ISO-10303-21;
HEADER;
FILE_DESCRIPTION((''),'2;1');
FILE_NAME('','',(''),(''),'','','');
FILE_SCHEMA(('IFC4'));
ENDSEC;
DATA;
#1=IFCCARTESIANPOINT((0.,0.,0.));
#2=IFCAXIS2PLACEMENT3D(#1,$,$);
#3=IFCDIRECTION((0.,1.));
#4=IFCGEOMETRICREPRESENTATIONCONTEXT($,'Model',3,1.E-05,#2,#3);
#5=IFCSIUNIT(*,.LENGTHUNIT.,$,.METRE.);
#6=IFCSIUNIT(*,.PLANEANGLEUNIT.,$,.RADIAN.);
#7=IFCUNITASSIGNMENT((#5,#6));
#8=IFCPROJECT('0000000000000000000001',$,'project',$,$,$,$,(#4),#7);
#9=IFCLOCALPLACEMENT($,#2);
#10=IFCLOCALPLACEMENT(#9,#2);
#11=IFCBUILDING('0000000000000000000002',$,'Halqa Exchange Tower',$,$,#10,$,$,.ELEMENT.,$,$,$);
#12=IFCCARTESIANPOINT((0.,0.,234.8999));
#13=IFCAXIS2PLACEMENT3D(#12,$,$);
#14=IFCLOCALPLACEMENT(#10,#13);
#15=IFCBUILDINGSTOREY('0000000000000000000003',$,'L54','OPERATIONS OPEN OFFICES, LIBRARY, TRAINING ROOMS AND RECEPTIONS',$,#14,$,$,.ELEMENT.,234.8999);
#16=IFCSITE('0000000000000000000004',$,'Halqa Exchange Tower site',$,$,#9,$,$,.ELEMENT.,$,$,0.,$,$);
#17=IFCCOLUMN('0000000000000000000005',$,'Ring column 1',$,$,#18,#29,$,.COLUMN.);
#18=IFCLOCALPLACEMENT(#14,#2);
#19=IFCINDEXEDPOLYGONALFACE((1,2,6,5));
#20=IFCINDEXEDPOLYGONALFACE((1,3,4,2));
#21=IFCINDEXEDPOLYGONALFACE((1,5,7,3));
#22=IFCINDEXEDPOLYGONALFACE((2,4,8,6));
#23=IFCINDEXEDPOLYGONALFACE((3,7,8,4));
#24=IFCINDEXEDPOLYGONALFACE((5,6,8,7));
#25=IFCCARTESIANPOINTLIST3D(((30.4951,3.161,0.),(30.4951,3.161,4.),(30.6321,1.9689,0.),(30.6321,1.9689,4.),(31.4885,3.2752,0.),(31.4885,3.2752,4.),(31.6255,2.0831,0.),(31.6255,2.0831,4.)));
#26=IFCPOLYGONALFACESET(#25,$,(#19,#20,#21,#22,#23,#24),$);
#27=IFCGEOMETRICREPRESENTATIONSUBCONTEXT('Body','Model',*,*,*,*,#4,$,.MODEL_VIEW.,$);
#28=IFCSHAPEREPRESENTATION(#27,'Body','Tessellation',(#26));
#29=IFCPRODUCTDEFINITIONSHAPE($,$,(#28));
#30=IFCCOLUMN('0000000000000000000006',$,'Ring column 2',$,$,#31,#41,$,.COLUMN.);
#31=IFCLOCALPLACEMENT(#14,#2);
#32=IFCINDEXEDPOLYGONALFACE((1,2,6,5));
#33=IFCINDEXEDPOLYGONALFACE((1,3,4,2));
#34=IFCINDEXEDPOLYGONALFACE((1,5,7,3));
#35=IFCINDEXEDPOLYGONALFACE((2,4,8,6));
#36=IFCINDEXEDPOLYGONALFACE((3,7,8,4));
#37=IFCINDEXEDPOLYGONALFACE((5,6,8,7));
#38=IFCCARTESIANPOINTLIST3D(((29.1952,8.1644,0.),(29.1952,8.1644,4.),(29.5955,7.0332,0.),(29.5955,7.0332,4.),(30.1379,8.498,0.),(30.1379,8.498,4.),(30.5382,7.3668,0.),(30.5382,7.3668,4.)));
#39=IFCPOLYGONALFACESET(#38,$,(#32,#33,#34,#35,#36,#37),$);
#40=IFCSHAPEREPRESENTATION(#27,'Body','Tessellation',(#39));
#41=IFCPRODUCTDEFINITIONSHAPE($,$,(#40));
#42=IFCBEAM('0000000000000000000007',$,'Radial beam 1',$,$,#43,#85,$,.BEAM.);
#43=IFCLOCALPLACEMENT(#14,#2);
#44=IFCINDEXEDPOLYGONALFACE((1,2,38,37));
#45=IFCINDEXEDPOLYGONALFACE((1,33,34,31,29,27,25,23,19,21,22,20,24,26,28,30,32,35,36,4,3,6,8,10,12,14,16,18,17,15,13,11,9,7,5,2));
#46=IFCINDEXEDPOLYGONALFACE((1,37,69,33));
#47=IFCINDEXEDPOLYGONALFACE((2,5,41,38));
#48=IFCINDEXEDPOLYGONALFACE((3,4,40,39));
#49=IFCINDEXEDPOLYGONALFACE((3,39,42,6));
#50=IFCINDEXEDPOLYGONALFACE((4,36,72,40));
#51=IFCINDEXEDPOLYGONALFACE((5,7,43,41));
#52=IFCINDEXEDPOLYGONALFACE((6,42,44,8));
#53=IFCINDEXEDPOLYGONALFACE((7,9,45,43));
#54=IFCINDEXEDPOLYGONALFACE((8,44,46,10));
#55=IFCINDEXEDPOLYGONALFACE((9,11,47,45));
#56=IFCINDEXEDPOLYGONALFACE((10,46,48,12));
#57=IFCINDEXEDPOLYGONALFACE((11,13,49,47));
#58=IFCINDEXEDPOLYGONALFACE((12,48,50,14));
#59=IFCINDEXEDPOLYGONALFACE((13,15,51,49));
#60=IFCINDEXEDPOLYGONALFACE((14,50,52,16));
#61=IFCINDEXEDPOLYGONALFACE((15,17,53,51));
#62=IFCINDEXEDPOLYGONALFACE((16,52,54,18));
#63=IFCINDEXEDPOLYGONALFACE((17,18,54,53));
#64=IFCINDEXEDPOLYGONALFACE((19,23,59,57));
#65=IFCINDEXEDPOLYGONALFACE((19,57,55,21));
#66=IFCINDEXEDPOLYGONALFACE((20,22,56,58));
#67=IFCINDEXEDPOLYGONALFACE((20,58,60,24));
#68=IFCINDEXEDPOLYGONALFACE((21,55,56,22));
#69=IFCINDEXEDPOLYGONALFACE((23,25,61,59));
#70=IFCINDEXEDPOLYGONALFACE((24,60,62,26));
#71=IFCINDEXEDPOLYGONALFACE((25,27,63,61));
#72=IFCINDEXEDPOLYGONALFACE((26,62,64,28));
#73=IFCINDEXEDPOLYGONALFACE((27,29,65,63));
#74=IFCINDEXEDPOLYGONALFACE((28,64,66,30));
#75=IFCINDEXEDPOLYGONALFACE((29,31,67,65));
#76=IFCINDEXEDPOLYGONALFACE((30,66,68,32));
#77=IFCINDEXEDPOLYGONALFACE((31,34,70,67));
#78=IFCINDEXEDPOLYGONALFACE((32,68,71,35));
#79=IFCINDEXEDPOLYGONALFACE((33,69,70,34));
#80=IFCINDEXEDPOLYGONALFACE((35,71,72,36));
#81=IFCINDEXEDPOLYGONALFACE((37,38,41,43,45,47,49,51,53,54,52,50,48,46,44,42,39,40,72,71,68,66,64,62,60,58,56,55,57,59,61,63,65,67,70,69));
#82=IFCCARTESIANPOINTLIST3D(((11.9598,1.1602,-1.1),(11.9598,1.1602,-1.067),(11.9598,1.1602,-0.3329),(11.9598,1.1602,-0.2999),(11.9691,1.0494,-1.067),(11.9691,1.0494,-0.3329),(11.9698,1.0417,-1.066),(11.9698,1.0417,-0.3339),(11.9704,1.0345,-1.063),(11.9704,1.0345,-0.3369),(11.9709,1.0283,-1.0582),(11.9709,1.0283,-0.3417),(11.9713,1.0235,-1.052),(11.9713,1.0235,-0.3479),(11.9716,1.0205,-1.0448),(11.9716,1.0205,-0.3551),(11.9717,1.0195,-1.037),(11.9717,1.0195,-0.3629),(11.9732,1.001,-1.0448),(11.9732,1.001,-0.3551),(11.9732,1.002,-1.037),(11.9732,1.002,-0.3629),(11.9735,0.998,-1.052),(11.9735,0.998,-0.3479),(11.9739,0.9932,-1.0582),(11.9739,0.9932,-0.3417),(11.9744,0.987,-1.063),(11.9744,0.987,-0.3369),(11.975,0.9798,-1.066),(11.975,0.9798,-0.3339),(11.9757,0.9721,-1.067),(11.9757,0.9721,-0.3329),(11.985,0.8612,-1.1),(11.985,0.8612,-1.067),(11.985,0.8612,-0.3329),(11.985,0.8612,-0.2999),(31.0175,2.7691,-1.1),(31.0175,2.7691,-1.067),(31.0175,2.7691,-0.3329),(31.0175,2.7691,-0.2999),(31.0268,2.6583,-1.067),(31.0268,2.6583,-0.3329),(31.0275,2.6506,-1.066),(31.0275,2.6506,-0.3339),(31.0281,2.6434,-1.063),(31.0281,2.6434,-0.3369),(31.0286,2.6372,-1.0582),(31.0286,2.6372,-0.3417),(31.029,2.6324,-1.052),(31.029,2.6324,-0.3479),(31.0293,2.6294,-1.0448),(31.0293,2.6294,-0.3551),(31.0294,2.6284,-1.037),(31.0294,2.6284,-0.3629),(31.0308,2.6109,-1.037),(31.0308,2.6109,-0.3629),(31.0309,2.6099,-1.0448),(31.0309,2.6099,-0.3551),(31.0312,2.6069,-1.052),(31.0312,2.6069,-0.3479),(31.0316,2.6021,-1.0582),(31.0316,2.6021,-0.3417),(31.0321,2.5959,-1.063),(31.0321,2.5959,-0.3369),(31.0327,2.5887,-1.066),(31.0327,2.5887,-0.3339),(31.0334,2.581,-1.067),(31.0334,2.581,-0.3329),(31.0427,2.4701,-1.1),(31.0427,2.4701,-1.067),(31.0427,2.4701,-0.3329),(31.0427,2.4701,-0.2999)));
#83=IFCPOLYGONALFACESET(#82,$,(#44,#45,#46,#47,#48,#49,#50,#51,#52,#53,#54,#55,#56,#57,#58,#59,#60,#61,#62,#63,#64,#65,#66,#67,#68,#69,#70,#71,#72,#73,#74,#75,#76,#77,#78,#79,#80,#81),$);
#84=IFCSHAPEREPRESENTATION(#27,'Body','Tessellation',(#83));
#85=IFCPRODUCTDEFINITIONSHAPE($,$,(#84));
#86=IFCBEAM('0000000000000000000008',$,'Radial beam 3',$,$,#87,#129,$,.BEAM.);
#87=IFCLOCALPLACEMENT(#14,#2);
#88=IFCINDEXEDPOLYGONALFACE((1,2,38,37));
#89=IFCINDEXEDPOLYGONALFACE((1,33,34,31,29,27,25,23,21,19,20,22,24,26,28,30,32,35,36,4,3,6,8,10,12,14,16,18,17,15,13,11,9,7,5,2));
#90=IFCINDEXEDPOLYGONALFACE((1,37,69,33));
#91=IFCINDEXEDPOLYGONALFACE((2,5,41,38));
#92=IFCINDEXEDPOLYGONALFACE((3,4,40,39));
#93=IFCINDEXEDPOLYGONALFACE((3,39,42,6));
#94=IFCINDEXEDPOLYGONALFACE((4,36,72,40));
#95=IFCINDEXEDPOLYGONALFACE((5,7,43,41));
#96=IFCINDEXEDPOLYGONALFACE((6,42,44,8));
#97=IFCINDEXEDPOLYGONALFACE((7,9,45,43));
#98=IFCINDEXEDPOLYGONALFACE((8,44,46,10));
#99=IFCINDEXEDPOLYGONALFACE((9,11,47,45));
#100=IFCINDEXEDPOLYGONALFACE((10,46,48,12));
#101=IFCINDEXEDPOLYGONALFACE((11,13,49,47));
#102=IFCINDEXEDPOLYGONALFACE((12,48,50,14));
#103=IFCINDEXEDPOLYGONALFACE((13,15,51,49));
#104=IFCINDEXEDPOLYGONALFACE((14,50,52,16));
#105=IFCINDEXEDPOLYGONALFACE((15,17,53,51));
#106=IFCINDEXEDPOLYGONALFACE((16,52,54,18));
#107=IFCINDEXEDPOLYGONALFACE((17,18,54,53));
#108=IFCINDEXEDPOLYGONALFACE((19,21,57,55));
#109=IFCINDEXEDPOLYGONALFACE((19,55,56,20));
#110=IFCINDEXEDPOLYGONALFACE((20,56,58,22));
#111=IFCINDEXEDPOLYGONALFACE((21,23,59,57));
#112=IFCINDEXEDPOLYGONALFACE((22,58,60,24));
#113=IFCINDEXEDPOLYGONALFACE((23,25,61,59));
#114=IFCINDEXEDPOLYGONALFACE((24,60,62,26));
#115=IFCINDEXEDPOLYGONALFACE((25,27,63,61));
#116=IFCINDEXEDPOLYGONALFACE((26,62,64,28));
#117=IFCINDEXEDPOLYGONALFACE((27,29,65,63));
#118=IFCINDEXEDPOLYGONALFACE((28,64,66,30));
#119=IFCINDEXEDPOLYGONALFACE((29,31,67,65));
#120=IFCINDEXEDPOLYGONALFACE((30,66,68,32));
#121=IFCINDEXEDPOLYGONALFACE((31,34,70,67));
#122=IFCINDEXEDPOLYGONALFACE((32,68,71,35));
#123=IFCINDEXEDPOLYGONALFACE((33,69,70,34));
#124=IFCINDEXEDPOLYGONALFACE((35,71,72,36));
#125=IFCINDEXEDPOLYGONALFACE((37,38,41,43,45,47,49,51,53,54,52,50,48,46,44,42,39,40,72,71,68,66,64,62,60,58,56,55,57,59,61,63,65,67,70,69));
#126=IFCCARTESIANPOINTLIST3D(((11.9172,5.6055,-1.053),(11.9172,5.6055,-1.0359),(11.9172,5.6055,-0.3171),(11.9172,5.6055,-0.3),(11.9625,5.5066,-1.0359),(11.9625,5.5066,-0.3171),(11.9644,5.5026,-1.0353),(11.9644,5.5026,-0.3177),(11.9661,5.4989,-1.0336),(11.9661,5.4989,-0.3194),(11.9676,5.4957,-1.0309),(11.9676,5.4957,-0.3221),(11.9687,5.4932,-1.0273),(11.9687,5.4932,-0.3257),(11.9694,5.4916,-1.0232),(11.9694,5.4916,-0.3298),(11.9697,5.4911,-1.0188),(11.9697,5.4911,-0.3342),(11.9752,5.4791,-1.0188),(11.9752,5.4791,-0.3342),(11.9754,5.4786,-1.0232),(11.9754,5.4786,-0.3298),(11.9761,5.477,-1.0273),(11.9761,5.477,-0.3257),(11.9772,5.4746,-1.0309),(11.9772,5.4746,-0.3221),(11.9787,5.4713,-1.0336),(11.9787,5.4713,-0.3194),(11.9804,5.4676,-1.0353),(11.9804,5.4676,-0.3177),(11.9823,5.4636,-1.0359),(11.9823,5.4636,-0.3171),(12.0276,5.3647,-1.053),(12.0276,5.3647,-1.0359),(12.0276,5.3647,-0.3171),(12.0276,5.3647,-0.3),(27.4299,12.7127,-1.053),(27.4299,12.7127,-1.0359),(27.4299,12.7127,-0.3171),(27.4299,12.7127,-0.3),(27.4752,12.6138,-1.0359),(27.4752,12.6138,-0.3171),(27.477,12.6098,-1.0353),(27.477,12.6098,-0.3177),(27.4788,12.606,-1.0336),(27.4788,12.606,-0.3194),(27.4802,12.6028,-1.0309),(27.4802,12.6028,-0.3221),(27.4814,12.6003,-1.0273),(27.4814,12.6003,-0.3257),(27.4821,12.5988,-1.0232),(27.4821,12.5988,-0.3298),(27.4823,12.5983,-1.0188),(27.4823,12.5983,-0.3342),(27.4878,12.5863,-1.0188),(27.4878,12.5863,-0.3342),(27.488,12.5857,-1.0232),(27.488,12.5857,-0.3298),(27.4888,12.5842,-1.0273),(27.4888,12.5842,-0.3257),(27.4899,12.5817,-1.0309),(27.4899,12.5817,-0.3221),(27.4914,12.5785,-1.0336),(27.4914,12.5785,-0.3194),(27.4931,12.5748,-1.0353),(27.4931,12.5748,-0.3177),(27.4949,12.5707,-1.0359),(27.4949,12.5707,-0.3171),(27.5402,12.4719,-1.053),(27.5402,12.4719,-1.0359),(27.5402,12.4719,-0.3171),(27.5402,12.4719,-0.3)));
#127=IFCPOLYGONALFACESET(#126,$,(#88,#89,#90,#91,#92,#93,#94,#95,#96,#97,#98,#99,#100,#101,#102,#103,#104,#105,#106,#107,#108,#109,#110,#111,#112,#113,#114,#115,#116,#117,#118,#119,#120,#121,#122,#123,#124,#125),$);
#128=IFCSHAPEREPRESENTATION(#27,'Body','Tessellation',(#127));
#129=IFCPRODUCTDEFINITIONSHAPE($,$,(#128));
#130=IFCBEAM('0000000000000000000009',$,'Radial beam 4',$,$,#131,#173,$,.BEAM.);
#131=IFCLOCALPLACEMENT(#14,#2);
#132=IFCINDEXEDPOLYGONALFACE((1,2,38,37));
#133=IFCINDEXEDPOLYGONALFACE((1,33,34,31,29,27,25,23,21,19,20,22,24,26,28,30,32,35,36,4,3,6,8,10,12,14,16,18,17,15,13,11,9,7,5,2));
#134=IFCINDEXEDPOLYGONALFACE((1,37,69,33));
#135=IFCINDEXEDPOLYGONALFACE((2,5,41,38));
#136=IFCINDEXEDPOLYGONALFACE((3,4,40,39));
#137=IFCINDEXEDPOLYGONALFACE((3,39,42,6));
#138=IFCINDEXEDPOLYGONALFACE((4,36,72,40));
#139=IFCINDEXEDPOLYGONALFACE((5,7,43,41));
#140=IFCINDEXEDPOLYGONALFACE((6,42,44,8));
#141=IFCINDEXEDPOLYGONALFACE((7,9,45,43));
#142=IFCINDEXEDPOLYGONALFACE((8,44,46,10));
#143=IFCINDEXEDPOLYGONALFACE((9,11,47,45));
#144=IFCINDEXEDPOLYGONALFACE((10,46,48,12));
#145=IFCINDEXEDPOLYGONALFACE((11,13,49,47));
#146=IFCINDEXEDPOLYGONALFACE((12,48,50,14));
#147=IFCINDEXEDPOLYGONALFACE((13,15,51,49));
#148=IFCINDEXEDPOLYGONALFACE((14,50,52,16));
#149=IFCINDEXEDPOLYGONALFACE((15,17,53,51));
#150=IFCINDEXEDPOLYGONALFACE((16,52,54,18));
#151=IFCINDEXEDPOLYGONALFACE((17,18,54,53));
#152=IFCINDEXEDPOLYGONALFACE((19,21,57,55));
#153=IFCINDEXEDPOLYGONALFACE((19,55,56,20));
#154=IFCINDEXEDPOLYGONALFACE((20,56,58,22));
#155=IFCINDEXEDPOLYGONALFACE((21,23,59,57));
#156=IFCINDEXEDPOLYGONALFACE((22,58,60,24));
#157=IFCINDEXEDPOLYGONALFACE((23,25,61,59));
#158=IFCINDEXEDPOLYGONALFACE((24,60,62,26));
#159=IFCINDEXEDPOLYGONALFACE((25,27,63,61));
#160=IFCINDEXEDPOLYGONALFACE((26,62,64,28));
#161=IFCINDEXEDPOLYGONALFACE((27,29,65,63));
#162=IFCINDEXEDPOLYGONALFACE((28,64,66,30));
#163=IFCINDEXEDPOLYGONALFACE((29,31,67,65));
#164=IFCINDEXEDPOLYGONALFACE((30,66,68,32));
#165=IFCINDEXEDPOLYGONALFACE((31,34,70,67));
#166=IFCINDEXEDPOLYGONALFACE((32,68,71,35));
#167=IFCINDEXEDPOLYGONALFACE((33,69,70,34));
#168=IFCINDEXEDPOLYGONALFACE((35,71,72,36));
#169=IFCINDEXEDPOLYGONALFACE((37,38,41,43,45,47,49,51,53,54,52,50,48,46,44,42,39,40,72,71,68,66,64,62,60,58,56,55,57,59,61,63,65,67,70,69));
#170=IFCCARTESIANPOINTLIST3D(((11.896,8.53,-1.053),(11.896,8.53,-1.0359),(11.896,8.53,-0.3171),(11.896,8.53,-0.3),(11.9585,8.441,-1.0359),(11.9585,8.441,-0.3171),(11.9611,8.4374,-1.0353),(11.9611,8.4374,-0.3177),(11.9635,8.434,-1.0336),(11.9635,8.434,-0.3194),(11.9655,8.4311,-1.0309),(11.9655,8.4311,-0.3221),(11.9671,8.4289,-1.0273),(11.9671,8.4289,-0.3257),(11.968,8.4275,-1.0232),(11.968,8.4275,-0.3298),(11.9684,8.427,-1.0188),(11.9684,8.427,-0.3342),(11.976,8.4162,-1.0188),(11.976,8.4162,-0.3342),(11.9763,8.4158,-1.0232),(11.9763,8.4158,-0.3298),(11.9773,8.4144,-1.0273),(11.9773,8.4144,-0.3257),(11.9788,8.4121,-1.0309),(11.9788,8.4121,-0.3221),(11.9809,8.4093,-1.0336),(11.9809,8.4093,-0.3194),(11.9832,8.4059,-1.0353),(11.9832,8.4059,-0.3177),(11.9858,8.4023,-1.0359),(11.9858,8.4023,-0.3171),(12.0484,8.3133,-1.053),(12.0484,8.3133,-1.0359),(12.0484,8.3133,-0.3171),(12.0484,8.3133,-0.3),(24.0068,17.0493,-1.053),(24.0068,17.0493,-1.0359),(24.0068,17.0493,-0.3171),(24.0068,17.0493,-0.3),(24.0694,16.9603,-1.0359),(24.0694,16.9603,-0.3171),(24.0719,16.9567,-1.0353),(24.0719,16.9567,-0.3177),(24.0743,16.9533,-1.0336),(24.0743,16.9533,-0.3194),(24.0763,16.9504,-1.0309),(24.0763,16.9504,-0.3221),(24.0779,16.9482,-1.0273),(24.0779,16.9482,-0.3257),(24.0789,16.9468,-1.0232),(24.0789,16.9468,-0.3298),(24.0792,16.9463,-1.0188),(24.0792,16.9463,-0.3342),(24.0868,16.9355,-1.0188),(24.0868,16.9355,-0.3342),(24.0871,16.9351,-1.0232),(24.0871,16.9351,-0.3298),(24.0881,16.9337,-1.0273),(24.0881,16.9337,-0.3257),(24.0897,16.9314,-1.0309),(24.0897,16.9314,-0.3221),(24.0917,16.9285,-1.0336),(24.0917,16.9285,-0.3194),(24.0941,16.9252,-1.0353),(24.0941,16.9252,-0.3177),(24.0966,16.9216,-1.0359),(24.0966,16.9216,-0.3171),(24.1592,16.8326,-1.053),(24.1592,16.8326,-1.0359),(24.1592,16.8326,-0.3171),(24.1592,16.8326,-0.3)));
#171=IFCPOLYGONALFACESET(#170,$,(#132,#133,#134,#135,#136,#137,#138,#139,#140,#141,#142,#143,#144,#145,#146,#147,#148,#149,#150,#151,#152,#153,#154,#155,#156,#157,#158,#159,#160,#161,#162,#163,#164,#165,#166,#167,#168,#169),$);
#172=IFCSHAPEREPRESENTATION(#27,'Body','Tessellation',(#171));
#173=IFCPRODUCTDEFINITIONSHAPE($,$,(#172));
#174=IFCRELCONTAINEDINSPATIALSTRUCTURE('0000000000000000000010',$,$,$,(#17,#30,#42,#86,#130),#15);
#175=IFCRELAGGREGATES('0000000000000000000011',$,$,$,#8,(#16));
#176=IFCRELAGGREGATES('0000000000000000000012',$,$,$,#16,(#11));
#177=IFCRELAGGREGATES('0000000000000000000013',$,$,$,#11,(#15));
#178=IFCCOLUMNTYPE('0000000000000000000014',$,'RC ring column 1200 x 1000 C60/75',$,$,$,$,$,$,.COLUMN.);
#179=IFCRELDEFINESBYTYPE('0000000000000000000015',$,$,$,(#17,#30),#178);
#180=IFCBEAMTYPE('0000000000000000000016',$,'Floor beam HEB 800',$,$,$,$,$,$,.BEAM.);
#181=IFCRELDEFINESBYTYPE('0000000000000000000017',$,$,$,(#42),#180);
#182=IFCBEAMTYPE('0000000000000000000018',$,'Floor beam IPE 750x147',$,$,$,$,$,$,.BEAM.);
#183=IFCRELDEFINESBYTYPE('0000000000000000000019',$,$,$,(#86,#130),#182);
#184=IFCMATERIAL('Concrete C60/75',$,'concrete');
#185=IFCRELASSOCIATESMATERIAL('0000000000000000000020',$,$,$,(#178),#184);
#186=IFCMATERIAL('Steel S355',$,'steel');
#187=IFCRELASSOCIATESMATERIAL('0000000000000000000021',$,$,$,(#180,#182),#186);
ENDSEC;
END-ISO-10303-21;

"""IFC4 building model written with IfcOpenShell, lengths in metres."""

from ifc_helpers import new_model, si_unit, direction, frame, origin, origin_2d, place, context, subcontext, project, spatial, rectangle, i_section, extrude, material, material_profile, profile_set, type_object, element, save


model = new_model("IFC4")

# Units and contexts
model_context = context("Model", 3, precision=1e-05, world=origin(), true_north=direction((0.0, 1.0)))
body_context = subcontext(model_context, "Body", "Model", "MODEL_VIEW")
ifc_project = project(units=[si_unit("LENGTHUNIT", "METRE"), si_unit("PLANEANGLEUNIT", "RADIAN")], contexts=[model_context])

# Site, building, storey
site_placement = place(None, origin())
site = spatial("IfcSite", under=ifc_project, at=site_placement, Name="Halqa Exchange Tower site", CompositionType="ELEMENT", RefElevation=0.0)
building_placement = place(site_placement, origin())
building = spatial("IfcBuilding", under=site, at=building_placement, Name="Halqa Exchange Tower", CompositionType="ELEMENT")
storey_placement = place(building_placement, frame((0.0, 0.0, 234.8999)))
storey = spatial("IfcBuildingStorey", under=building, at=storey_placement, Name="L54", Description="OPERATIONS OPEN OFFICES, LIBRARY, TRAINING ROOMS AND RECEPTIONS", CompositionType="ELEMENT", Elevation=234.8999)

# Columns
ifc_material_1 = material(Name="Concrete C60/75", Category="concrete")
ifc_material_profile_1 = material_profile(ifc_material_1, rectangle(XDim=1.2, YDim=1.0, at=origin_2d()), Name="1200 x 1000")
ifc_profile_set_1 = profile_set([ifc_material_profile_1], Name="Concrete C60/75")
column_type = type_object("IfcColumnType", Name="RC ring column 1200 x 1000 C60/75", PredefinedType="COLUMN", material=ifc_profile_set_1)
for number, where, z_axis, x_axis, name in (
    (1, (31.0603, 2.6221, 0.0), (0.0, 0.0, 1.0), (-0.114153, 0.993463, 0.0), "Ring column 1"),
    (2, (29.8667, 7.7656, 0.0), (0.0, 0.0, 1.0), (-0.333624, 0.942706, 0.0), "Ring column 2"),
):
    element("IfcColumn", number, at=place(storey_placement, frame(where, z_axis=z_axis, x_axis=x_axis)), inside=storey, type_object=column_type, Name=name, PredefinedType="COLUMN", context=body_context, shape_type="SweptSolid", body=[
        extrude(rectangle(XDim=1.2, YDim=1.0, at=origin_2d()), origin(), (0.0, 0.0, 1.0), 4.0),
    ])

# Beams
ifc_material_2 = material(Name="Steel S355", Category="steel")
ifc_material_profile_2 = material_profile(ifc_material_2, i_section(OverallWidth=0.3, OverallDepth=0.8, WebThickness=0.0176, FlangeThickness=0.033, FilletRadius=0.03, at=origin_2d()), Name="HEB 800")
ifc_profile_set_2 = profile_set([ifc_material_profile_2], Name="Steel S355")
beam_type_1 = type_object("IfcBeamType", Name="Floor beam HEB 800", PredefinedType="BEAM", material=ifc_profile_set_2)
beam_1_placement = place(storey_placement, frame((11.9724, 1.0107, -0.7), z_axis=(0.996455, 0.084123, 0.0), x_axis=(-0.084123, 0.996455, 0.0)))
element("IfcBeam", 3, at=beam_1_placement, inside=storey, type_object=beam_type_1, Name="Radial beam 1", PredefinedType="BEAM", context=body_context, shape_type="SweptSolid", body=[
    extrude(i_section(OverallWidth=0.3, OverallDepth=0.8, WebThickness=0.0176, FlangeThickness=0.033, FilletRadius=0.03, at=origin_2d()), origin(), (0.0, 0.0, 1.0), 19.1255),
])
ifc_material_profile_3 = material_profile(ifc_material_2, i_section(OverallWidth=0.2649, OverallDepth=0.7529, WebThickness=0.0132, FlangeThickness=0.0171, FilletRadius=0.0171, at=origin_2d()), Name="IPE 750x147")
ifc_profile_set_3 = profile_set([ifc_material_profile_3], Name="Steel S355")
beam_type_2 = type_object("IfcBeamType", Name="Floor beam IPE 750x147", PredefinedType="BEAM", material=ifc_profile_set_3)
beam_2_placement = place(storey_placement, frame((11.9724, 5.4851, -0.6765), z_axis=(0.909127, 0.416519, 0.0), x_axis=(-0.416519, 0.909127, 0.0)))
element("IfcBeam", 4, at=beam_2_placement, inside=storey, type_object=beam_type_2, Name="Radial beam 3", PredefinedType="BEAM", context=body_context, shape_type="SweptSolid", body=[
    extrude(i_section(OverallWidth=0.2649, OverallDepth=0.7529, WebThickness=0.0132, FlangeThickness=0.0171, FilletRadius=0.0171, at=origin_2d()), origin(), (0.0, 0.0, 1.0), 17.0632),
])
beam_3_placement = place(storey_placement, frame((11.9722, 8.4216, -0.6765), z_axis=(0.817907, 0.575351, 0.0), x_axis=(-0.575351, 0.817907, 0.0)))
element("IfcBeam", 5, at=beam_3_placement, inside=storey, type_object=beam_type_2, Name="Radial beam 4", PredefinedType="BEAM", context=body_context, shape_type="SweptSolid", body=[
    extrude(i_section(OverallWidth=0.2649, OverallDepth=0.7529, WebThickness=0.0132, FlangeThickness=0.0171, FilletRadius=0.0171, at=origin_2d()), origin(), (0.0, 0.0, 1.0), 14.8071),
])

save(model, "model.ifc")
